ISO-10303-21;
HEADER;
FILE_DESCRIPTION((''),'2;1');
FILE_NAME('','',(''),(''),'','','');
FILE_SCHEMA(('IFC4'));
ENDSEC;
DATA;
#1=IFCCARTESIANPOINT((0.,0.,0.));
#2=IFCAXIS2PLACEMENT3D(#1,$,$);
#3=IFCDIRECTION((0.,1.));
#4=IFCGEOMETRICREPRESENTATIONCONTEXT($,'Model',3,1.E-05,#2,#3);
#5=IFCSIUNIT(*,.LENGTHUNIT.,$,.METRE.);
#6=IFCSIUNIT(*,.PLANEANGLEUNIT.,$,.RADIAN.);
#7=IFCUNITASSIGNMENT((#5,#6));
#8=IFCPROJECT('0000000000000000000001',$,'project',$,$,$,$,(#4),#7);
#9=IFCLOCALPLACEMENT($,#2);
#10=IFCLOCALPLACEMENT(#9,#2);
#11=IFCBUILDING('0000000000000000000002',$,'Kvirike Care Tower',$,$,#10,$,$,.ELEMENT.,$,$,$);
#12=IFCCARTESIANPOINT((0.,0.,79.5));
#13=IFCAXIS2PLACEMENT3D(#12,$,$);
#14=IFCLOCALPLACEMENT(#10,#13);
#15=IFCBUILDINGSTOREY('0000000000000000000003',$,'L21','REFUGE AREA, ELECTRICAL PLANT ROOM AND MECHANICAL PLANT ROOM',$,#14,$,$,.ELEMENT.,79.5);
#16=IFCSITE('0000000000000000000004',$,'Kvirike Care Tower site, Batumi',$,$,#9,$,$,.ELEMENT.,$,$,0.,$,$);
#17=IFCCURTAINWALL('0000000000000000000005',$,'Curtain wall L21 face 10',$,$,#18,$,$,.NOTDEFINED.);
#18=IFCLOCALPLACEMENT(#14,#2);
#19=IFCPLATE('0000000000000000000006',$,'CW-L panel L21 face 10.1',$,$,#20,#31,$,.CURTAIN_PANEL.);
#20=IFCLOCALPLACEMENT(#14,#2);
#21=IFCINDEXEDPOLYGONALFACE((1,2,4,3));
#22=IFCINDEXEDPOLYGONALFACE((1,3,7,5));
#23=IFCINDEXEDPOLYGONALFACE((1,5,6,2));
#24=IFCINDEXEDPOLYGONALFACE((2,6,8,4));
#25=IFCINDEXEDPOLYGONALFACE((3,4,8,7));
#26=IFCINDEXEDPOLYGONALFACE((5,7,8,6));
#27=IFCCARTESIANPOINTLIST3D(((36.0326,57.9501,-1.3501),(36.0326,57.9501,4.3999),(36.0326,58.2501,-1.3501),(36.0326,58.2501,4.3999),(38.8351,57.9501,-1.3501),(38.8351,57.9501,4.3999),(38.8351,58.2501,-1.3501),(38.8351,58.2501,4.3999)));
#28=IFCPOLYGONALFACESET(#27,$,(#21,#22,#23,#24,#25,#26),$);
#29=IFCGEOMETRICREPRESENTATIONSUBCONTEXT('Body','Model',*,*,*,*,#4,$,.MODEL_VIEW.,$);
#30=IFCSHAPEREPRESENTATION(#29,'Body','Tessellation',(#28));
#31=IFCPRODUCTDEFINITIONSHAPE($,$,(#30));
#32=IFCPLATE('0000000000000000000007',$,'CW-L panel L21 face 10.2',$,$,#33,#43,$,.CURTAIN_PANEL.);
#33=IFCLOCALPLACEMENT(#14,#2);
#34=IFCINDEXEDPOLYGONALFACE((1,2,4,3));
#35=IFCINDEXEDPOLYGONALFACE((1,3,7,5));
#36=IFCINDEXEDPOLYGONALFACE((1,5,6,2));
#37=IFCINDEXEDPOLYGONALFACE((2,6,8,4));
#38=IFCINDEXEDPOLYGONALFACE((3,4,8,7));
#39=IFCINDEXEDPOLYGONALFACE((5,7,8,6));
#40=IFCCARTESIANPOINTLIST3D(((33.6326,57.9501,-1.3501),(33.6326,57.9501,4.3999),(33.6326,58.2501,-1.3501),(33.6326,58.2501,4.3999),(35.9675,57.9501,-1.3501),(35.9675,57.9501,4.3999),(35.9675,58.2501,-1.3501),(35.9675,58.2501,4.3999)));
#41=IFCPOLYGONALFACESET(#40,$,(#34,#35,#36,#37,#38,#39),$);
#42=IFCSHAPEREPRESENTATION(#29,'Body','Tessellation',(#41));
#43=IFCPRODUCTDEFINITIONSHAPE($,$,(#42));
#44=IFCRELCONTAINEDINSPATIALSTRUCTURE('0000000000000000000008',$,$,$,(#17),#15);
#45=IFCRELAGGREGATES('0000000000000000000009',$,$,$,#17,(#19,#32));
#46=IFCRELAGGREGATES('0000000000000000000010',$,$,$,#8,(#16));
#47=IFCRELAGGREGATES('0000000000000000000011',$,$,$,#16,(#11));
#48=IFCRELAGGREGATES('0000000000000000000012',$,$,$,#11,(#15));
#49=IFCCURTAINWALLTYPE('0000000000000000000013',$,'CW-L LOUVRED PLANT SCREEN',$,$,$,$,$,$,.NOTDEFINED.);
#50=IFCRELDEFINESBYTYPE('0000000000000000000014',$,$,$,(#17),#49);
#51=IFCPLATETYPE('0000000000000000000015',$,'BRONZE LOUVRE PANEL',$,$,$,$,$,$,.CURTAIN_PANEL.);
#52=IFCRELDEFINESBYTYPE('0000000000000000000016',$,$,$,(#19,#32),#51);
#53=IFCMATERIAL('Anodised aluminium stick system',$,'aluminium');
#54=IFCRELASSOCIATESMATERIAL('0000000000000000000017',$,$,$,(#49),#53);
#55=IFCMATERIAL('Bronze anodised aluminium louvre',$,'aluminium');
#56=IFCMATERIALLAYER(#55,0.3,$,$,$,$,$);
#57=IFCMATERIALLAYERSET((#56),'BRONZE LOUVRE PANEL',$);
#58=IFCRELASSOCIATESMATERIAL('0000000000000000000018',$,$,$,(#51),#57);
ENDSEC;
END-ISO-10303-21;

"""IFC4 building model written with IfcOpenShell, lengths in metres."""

from ifc_helpers import new_model, si_unit, direction, frame, origin, origin_2d, place, context, subcontext, project, spatial, rectangle, extrude, material, layer, layer_set, type_object, element, aggregate, save


model = new_model("IFC4")

# Units and contexts
model_context = context("Model", 3, precision=1e-05, world=origin(), true_north=direction((0.0, 1.0)))
body_context = subcontext(model_context, "Body", "Model", "MODEL_VIEW")
ifc_project = project(units=[si_unit("LENGTHUNIT", "METRE"), si_unit("PLANEANGLEUNIT", "RADIAN")], contexts=[model_context])

# Site, building, storey
site_placement = place(None, origin())
site = spatial("IfcSite", under=ifc_project, at=site_placement, Name="Kvirike Care Tower site, Batumi", CompositionType="ELEMENT", RefElevation=0.0)
building_placement = place(site_placement, origin())
building = spatial("IfcBuilding", under=site, at=building_placement, Name="Kvirike Care Tower", CompositionType="ELEMENT")
storey_placement = place(building_placement, frame((0.0, 0.0, 79.5)))
storey = spatial("IfcBuildingStorey", under=building, at=storey_placement, Name="L21", Description="REFUGE AREA, ELECTRICAL PLANT ROOM AND MECHANICAL PLANT ROOM", CompositionType="ELEMENT", Elevation=79.5)

# Curtain wall
ifc_material_1 = material(Name="Anodised aluminium stick system", Category="aluminium")
curtain_wall_type = type_object("IfcCurtainWallType", Name="CW-L LOUVRED PLANT SCREEN", PredefinedType="NOTDEFINED", material=ifc_material_1)
curtain_wall_1_placement = place(storey_placement, origin())
curtain_wall_1 = element("IfcCurtainWall", 1, at=curtain_wall_1_placement, inside=storey, type_object=curtain_wall_type, Name="Curtain wall L21 face 10", PredefinedType="NOTDEFINED")

# Plates
ifc_material_2 = material(Name="Bronze anodised aluminium louvre", Category="aluminium")
ifc_layer = layer(ifc_material_2, 0.3)
ifc_layer_set = layer_set([ifc_layer], Name="BRONZE LOUVRE PANEL")
plate_type = type_object("IfcPlateType", Name="BRONZE LOUVRE PANEL", PredefinedType="CURTAIN_PANEL", material=ifc_layer_set)
plate_1_placement = place(storey_placement, frame((37.4338, 58.1001, -1.3501), z_axis=(0.0, 0.0, 1.0), x_axis=(-1.0, 0.0, 0.0)))
plate_1 = element("IfcPlate", 2, at=plate_1_placement, type_object=plate_type, Name="CW-L panel L21 face 10.1", PredefinedType="CURTAIN_PANEL", context=body_context, shape_type="SweptSolid", body=[
    extrude(rectangle(XDim=2.8025, YDim=0.3, at=origin_2d()), origin(), (0.0, 0.0, 1.0), 5.75),
])
plate_2_placement = place(storey_placement, frame((34.8, 58.1001, -1.3501), z_axis=(0.0, 0.0, 1.0), x_axis=(-1.0, 0.0, 0.0)))
plate_2 = element("IfcPlate", 3, at=plate_2_placement, type_object=plate_type, Name="CW-L panel L21 face 10.2", PredefinedType="CURTAIN_PANEL", context=body_context, shape_type="SweptSolid", body=[
    extrude(rectangle(XDim=2.335, YDim=0.3, at=origin_2d()), origin(), (0.0, 0.0, 1.0), 5.75),
])
aggregate(curtain_wall_1, [plate_1, plate_2])

save(model, "model.ifc")
